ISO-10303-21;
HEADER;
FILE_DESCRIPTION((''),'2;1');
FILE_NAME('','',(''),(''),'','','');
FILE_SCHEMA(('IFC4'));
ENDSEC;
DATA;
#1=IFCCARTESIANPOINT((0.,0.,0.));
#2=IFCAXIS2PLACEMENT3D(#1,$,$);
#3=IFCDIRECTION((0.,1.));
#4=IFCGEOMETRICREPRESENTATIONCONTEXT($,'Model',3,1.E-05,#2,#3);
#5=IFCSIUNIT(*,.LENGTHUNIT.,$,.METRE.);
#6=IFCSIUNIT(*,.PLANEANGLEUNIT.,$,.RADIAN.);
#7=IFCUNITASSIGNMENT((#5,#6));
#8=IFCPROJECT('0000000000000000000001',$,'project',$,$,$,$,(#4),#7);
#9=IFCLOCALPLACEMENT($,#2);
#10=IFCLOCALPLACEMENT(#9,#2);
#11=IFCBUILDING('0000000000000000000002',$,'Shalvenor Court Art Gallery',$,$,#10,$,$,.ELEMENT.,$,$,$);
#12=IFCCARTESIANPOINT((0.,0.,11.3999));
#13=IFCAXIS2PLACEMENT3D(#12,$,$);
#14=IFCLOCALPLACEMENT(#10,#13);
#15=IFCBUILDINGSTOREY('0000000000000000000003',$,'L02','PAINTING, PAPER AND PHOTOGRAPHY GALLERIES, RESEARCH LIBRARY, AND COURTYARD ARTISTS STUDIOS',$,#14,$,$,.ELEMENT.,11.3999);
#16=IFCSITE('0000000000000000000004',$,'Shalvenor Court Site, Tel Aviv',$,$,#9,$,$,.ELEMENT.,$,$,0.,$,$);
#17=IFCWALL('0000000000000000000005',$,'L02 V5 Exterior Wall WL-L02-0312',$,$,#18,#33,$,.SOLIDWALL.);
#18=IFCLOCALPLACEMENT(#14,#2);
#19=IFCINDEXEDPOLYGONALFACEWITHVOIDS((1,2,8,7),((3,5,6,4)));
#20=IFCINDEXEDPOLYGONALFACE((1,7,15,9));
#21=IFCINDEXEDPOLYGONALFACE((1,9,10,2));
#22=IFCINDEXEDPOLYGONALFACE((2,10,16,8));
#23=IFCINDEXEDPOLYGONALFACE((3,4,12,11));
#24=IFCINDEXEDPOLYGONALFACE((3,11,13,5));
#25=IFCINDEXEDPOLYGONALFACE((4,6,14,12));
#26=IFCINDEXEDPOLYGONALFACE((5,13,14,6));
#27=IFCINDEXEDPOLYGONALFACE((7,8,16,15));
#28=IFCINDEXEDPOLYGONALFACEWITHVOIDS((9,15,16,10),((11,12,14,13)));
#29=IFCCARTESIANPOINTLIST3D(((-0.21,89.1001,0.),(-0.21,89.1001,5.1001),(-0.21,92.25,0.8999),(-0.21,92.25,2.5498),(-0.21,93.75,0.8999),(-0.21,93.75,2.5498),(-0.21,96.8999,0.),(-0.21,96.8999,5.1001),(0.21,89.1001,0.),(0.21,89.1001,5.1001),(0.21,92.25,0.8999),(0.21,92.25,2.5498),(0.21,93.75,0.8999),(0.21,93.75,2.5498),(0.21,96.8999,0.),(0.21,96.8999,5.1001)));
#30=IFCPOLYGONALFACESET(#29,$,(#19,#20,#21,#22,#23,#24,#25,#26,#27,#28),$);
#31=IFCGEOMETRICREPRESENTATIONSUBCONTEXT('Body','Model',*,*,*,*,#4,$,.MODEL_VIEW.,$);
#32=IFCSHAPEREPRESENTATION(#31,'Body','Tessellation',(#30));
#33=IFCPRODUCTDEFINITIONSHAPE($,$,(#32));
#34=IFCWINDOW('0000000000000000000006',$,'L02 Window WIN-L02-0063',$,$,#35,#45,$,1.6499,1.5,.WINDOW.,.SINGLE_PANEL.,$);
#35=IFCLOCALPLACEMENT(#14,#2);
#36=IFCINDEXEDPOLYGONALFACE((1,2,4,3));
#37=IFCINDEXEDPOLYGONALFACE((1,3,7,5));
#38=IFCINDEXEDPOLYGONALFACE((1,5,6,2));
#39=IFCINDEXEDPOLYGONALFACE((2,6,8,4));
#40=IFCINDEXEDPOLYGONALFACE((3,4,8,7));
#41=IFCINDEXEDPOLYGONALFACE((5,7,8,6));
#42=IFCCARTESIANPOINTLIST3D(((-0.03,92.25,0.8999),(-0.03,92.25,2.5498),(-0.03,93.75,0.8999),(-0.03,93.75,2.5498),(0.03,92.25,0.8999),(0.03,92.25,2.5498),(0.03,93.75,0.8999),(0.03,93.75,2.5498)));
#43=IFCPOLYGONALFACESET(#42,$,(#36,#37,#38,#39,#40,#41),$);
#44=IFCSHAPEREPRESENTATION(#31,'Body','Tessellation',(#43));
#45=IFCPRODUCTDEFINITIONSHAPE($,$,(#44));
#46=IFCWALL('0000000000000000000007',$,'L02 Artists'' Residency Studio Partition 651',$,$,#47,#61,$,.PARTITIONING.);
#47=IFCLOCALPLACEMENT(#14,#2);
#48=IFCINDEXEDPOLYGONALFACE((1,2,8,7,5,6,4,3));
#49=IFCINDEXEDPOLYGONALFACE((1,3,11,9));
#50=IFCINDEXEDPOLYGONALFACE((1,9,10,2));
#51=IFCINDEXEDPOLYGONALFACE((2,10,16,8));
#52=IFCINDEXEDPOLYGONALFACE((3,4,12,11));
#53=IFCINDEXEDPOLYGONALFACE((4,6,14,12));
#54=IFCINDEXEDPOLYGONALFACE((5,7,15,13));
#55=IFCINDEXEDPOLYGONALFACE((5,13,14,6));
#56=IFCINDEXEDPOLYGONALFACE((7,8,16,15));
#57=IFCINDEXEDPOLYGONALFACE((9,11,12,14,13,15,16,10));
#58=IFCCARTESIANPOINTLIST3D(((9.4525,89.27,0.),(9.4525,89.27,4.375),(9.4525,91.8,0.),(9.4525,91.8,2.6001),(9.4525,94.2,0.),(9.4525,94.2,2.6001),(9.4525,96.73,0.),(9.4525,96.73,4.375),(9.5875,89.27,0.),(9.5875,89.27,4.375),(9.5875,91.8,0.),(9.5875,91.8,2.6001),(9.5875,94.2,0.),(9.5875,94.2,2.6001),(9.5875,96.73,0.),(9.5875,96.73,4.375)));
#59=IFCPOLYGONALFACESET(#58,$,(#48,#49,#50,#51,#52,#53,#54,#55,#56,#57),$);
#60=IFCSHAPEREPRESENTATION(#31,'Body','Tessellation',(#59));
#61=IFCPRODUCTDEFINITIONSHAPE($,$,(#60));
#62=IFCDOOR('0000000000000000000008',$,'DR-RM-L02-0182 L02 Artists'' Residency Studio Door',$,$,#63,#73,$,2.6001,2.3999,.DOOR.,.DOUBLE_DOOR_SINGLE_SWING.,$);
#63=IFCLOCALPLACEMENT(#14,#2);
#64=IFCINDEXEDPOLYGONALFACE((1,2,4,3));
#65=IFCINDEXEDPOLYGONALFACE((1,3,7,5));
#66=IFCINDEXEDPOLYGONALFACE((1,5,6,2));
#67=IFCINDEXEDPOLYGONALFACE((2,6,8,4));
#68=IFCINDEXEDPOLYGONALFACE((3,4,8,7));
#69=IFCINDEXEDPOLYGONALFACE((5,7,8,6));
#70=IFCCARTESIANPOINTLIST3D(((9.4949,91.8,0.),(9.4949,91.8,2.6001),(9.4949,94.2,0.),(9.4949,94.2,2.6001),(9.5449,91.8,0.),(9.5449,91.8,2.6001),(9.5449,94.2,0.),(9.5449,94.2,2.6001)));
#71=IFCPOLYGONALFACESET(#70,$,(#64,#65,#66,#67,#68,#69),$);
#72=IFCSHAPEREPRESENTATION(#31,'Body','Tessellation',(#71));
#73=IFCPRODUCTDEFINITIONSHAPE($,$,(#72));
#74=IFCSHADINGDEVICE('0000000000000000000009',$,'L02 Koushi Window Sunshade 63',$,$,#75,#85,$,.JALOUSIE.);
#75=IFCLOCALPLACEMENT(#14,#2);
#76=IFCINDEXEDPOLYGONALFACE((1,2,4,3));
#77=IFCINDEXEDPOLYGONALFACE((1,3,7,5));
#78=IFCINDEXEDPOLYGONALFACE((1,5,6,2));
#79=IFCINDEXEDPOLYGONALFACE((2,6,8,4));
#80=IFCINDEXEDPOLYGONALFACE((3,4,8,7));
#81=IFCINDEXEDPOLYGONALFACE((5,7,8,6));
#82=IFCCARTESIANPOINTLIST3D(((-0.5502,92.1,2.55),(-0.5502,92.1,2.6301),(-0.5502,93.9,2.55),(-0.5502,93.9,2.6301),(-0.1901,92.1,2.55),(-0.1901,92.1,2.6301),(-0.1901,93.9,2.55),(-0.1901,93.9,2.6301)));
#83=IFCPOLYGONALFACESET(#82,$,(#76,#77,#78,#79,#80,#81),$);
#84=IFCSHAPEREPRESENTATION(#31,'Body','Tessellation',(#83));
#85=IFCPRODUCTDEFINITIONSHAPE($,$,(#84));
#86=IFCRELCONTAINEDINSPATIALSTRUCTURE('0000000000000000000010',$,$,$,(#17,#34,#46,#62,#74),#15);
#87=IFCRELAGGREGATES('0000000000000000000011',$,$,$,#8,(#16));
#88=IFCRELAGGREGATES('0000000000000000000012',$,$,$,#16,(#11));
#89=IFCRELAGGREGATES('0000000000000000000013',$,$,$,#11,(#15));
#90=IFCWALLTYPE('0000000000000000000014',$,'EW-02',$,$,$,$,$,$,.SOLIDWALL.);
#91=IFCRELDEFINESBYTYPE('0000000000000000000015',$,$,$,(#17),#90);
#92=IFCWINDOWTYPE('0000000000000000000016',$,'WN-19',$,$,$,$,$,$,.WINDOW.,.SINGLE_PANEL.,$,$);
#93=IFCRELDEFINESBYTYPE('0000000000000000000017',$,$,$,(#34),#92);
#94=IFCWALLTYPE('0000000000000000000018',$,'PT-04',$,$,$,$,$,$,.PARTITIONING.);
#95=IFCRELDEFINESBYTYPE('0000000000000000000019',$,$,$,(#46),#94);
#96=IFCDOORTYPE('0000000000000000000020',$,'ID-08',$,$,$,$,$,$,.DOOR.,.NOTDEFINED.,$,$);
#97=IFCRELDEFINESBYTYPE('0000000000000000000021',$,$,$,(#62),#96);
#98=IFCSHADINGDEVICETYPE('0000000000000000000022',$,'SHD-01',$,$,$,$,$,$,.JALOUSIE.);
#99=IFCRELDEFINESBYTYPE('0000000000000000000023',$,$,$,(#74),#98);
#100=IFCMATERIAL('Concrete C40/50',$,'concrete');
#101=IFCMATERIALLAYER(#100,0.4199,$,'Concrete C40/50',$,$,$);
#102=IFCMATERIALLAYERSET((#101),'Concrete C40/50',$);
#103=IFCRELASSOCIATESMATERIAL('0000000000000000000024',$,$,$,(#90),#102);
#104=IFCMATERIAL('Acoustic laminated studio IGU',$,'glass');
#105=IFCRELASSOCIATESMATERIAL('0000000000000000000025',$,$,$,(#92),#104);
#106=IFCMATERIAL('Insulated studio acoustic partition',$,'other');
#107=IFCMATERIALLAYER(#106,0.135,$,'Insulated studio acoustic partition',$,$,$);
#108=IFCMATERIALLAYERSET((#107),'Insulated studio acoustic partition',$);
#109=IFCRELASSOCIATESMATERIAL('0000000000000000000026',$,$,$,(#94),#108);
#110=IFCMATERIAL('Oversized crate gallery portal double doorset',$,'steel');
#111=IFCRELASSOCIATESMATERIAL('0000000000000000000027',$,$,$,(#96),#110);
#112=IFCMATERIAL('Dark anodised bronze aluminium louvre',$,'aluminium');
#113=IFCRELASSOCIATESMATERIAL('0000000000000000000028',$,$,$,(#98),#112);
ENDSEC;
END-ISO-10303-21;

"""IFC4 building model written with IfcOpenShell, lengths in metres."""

from ifc_helpers import new_model, si_unit, direction, frame, frame_2d, origin, origin_2d, place, context, subcontext, project, spatial, rectangle, extrude, material, layer, layer_set, type_object, element, fill, save


model = new_model("IFC4")

# Units and contexts
model_context = context("Model", 3, precision=1e-05, world=origin(), true_north=direction((0.0, 1.0)))
body_context = subcontext(model_context, "Body", "Model", "MODEL_VIEW")
ifc_project = project(units=[si_unit("LENGTHUNIT", "METRE"), si_unit("PLANEANGLEUNIT", "RADIAN")], contexts=[model_context])

# Site, building, storey
site_placement = place(None, origin())
site = spatial("IfcSite", under=ifc_project, at=site_placement, Name="Shalvenor Court Site, Tel Aviv", CompositionType="ELEMENT", RefElevation=0.0)
building_placement = place(site_placement, origin())
building = spatial("IfcBuilding", under=site, at=building_placement, Name="Shalvenor Court Art Gallery", CompositionType="ELEMENT")
storey_placement = place(building_placement, frame((0.0, 0.0, 11.3999)))
storey = spatial("IfcBuildingStorey", under=building, at=storey_placement, Name="L02", Description="PAINTING, PAPER AND PHOTOGRAPHY GALLERIES, RESEARCH LIBRARY, AND COURTYARD ARTISTS STUDIOS", CompositionType="ELEMENT", Elevation=11.3999)

# Shared definitions
ifc_material_1 = material(Name="Concrete C40/50", Category="concrete")
ifc_layer_1 = layer(ifc_material_1, 0.4199, Name="Concrete C40/50")
ifc_layer_set_1 = layer_set([ifc_layer_1], Name="Concrete C40/50")
wall_type_1 = type_object("IfcWallType", Name="EW-02", PredefinedType="SOLIDWALL", material=ifc_layer_set_1)

# Wall, opening, window
wall_1_placement = place(storey_placement, frame((0.0, 89.1001, 0.0), z_axis=(0.0, 0.0, 1.0), x_axis=(0.0, 1.0, 0.0)))
wall_1 = element("IfcWall", 1, at=wall_1_placement, inside=storey, type_object=wall_type_1, Name="L02 V5 Exterior Wall WL-L02-0312", PredefinedType="SOLIDWALL", context=body_context, shape_type="SweptSolid", body=[
    extrude(rectangle(XDim=7.7998, YDim=0.4199, at=frame_2d((3.8999, 0.0))), origin(), (0.0, 0.0, 1.0), 5.1001),
])
opening_1_placement = place(wall_1_placement, frame((3.1499, 0.0, 0.8999)))
opening_1 = element("IfcOpeningElement", 2, at=opening_1_placement, cuts=wall_1, PredefinedType="OPENING", context=body_context, shape_type="SweptSolid", body=[
    extrude(rectangle(XDim=1.5, YDim=1.6499, at=frame_2d((0.75, 0.825))), frame((0.0, 0.22, 0.0), z_axis=(0.0, -1.0, 0.0), x_axis=(1.0, 0.0, 0.0)), (0.0, 0.0, 1.0), 0.4399),
])
ifc_material_2 = material(Name="Acoustic laminated studio IGU", Category="glass")
window_type = type_object("IfcWindowType", Name="WN-19", PartitioningType="SINGLE_PANEL", PredefinedType="WINDOW", material=ifc_material_2)
window_placement = place(opening_1_placement, origin())
window = element("IfcWindow", 3, at=window_placement, inside=storey, type_object=window_type, Name="L02 Window WIN-L02-0063", OverallHeight=1.6499, OverallWidth=1.5, PartitioningType="SINGLE_PANEL", PredefinedType="WINDOW", context=body_context, shape_type="SweptSolid", body=[
    extrude(rectangle(XDim=1.5, YDim=1.6499, at=frame_2d((0.75, 0.825))), frame((0.0, 0.03, 0.0), z_axis=(0.0, -1.0, 0.0), x_axis=(1.0, 0.0, 0.0)), (0.0, 0.0, 1.0), 0.0601),
])
fill(opening_1, window)

# Wall, opening, door
ifc_material_3 = material(Name="Insulated studio acoustic partition", Category="other")
ifc_layer_2 = layer(ifc_material_3, 0.135, Name="Insulated studio acoustic partition")
ifc_layer_set_2 = layer_set([ifc_layer_2], Name="Insulated studio acoustic partition")
wall_type_2 = type_object("IfcWallType", Name="PT-04", PredefinedType="PARTITIONING", material=ifc_layer_set_2)
wall_2_placement = place(storey_placement, frame((9.52, 96.73, 0.0), z_axis=(0.0, 0.0, 1.0), x_axis=(0.0, -1.0, 0.0)))
wall_2 = element("IfcWall", 4, at=wall_2_placement, inside=storey, type_object=wall_type_2, Name="L02 Artists' Residency Studio Partition 651", PredefinedType="PARTITIONING", context=body_context, shape_type="SweptSolid", body=[
    extrude(rectangle(XDim=7.46, YDim=0.135, at=frame_2d((3.73, 0.0))), origin(), (0.0, 0.0, 1.0), 4.375),
])
opening_2_placement = place(wall_2_placement, frame((2.53, 0.0, 0.0)))
opening_2 = element("IfcOpeningElement", 5, at=opening_2_placement, cuts=wall_2, PredefinedType="OPENING", context=body_context, shape_type="SweptSolid", body=[
    extrude(rectangle(XDim=2.3999, YDim=2.6001, at=frame_2d((1.2, 1.3))), frame((0.0, 0.0774, 0.0), z_axis=(0.0, -1.0, 0.0), x_axis=(1.0, 0.0, 0.0)), (0.0, 0.0, 1.0), 0.155),
])
ifc_material_4 = material(Name="Oversized crate gallery portal double doorset", Category="steel")
door_type_1 = type_object("IfcDoorType", Name="ID-08", OperationType="NOTDEFINED", PredefinedType="DOOR", material=ifc_material_4)
door_1_placement = place(opening_2_placement, origin())
door_1 = element("IfcDoor", 6, at=door_1_placement, inside=storey, type_object=door_type_1, Name="DR-RM-L02-0182 L02 Artists' Residency Studio Door", OperationType="DOUBLE_DOOR_SINGLE_SWING", OverallHeight=2.6001, OverallWidth=2.3999, PredefinedType="DOOR", context=body_context, shape_type="SweptSolid", body=[
    extrude(rectangle(XDim=2.3999, YDim=2.6001, at=frame_2d((1.2, 1.3))), frame((0.0, 0.0249, 0.0), z_axis=(0.0, -1.0, 0.0), x_axis=(1.0, 0.0, 0.0)), (0.0, 0.0, 1.0), 0.05),
])
fill(opening_2, door_1)

# Shading device
ifc_material_5 = material(Name="Dark anodised bronze aluminium louvre", Category="aluminium")
shading_device_type = type_object("IfcShadingDeviceType", Name="SHD-01", PredefinedType="JALOUSIE", material=ifc_material_5)
shading_device_placement = place(storey_placement, frame((-0.3701, 93.0, 2.55), z_axis=(0.0, 0.0, 1.0), x_axis=(0.0, 1.0, 0.0)))
element("IfcShadingDevice", 7, at=shading_device_placement, inside=storey, type_object=shading_device_type, Name="L02 Koushi Window Sunshade 63", PredefinedType="JALOUSIE", context=body_context, shape_type="SweptSolid", body=[
    extrude(rectangle(XDim=1.8, YDim=0.3601, at=origin_2d()), origin(), (0.0, 0.0, 1.0), 0.0801),
])

save(model, "model.ifc")
